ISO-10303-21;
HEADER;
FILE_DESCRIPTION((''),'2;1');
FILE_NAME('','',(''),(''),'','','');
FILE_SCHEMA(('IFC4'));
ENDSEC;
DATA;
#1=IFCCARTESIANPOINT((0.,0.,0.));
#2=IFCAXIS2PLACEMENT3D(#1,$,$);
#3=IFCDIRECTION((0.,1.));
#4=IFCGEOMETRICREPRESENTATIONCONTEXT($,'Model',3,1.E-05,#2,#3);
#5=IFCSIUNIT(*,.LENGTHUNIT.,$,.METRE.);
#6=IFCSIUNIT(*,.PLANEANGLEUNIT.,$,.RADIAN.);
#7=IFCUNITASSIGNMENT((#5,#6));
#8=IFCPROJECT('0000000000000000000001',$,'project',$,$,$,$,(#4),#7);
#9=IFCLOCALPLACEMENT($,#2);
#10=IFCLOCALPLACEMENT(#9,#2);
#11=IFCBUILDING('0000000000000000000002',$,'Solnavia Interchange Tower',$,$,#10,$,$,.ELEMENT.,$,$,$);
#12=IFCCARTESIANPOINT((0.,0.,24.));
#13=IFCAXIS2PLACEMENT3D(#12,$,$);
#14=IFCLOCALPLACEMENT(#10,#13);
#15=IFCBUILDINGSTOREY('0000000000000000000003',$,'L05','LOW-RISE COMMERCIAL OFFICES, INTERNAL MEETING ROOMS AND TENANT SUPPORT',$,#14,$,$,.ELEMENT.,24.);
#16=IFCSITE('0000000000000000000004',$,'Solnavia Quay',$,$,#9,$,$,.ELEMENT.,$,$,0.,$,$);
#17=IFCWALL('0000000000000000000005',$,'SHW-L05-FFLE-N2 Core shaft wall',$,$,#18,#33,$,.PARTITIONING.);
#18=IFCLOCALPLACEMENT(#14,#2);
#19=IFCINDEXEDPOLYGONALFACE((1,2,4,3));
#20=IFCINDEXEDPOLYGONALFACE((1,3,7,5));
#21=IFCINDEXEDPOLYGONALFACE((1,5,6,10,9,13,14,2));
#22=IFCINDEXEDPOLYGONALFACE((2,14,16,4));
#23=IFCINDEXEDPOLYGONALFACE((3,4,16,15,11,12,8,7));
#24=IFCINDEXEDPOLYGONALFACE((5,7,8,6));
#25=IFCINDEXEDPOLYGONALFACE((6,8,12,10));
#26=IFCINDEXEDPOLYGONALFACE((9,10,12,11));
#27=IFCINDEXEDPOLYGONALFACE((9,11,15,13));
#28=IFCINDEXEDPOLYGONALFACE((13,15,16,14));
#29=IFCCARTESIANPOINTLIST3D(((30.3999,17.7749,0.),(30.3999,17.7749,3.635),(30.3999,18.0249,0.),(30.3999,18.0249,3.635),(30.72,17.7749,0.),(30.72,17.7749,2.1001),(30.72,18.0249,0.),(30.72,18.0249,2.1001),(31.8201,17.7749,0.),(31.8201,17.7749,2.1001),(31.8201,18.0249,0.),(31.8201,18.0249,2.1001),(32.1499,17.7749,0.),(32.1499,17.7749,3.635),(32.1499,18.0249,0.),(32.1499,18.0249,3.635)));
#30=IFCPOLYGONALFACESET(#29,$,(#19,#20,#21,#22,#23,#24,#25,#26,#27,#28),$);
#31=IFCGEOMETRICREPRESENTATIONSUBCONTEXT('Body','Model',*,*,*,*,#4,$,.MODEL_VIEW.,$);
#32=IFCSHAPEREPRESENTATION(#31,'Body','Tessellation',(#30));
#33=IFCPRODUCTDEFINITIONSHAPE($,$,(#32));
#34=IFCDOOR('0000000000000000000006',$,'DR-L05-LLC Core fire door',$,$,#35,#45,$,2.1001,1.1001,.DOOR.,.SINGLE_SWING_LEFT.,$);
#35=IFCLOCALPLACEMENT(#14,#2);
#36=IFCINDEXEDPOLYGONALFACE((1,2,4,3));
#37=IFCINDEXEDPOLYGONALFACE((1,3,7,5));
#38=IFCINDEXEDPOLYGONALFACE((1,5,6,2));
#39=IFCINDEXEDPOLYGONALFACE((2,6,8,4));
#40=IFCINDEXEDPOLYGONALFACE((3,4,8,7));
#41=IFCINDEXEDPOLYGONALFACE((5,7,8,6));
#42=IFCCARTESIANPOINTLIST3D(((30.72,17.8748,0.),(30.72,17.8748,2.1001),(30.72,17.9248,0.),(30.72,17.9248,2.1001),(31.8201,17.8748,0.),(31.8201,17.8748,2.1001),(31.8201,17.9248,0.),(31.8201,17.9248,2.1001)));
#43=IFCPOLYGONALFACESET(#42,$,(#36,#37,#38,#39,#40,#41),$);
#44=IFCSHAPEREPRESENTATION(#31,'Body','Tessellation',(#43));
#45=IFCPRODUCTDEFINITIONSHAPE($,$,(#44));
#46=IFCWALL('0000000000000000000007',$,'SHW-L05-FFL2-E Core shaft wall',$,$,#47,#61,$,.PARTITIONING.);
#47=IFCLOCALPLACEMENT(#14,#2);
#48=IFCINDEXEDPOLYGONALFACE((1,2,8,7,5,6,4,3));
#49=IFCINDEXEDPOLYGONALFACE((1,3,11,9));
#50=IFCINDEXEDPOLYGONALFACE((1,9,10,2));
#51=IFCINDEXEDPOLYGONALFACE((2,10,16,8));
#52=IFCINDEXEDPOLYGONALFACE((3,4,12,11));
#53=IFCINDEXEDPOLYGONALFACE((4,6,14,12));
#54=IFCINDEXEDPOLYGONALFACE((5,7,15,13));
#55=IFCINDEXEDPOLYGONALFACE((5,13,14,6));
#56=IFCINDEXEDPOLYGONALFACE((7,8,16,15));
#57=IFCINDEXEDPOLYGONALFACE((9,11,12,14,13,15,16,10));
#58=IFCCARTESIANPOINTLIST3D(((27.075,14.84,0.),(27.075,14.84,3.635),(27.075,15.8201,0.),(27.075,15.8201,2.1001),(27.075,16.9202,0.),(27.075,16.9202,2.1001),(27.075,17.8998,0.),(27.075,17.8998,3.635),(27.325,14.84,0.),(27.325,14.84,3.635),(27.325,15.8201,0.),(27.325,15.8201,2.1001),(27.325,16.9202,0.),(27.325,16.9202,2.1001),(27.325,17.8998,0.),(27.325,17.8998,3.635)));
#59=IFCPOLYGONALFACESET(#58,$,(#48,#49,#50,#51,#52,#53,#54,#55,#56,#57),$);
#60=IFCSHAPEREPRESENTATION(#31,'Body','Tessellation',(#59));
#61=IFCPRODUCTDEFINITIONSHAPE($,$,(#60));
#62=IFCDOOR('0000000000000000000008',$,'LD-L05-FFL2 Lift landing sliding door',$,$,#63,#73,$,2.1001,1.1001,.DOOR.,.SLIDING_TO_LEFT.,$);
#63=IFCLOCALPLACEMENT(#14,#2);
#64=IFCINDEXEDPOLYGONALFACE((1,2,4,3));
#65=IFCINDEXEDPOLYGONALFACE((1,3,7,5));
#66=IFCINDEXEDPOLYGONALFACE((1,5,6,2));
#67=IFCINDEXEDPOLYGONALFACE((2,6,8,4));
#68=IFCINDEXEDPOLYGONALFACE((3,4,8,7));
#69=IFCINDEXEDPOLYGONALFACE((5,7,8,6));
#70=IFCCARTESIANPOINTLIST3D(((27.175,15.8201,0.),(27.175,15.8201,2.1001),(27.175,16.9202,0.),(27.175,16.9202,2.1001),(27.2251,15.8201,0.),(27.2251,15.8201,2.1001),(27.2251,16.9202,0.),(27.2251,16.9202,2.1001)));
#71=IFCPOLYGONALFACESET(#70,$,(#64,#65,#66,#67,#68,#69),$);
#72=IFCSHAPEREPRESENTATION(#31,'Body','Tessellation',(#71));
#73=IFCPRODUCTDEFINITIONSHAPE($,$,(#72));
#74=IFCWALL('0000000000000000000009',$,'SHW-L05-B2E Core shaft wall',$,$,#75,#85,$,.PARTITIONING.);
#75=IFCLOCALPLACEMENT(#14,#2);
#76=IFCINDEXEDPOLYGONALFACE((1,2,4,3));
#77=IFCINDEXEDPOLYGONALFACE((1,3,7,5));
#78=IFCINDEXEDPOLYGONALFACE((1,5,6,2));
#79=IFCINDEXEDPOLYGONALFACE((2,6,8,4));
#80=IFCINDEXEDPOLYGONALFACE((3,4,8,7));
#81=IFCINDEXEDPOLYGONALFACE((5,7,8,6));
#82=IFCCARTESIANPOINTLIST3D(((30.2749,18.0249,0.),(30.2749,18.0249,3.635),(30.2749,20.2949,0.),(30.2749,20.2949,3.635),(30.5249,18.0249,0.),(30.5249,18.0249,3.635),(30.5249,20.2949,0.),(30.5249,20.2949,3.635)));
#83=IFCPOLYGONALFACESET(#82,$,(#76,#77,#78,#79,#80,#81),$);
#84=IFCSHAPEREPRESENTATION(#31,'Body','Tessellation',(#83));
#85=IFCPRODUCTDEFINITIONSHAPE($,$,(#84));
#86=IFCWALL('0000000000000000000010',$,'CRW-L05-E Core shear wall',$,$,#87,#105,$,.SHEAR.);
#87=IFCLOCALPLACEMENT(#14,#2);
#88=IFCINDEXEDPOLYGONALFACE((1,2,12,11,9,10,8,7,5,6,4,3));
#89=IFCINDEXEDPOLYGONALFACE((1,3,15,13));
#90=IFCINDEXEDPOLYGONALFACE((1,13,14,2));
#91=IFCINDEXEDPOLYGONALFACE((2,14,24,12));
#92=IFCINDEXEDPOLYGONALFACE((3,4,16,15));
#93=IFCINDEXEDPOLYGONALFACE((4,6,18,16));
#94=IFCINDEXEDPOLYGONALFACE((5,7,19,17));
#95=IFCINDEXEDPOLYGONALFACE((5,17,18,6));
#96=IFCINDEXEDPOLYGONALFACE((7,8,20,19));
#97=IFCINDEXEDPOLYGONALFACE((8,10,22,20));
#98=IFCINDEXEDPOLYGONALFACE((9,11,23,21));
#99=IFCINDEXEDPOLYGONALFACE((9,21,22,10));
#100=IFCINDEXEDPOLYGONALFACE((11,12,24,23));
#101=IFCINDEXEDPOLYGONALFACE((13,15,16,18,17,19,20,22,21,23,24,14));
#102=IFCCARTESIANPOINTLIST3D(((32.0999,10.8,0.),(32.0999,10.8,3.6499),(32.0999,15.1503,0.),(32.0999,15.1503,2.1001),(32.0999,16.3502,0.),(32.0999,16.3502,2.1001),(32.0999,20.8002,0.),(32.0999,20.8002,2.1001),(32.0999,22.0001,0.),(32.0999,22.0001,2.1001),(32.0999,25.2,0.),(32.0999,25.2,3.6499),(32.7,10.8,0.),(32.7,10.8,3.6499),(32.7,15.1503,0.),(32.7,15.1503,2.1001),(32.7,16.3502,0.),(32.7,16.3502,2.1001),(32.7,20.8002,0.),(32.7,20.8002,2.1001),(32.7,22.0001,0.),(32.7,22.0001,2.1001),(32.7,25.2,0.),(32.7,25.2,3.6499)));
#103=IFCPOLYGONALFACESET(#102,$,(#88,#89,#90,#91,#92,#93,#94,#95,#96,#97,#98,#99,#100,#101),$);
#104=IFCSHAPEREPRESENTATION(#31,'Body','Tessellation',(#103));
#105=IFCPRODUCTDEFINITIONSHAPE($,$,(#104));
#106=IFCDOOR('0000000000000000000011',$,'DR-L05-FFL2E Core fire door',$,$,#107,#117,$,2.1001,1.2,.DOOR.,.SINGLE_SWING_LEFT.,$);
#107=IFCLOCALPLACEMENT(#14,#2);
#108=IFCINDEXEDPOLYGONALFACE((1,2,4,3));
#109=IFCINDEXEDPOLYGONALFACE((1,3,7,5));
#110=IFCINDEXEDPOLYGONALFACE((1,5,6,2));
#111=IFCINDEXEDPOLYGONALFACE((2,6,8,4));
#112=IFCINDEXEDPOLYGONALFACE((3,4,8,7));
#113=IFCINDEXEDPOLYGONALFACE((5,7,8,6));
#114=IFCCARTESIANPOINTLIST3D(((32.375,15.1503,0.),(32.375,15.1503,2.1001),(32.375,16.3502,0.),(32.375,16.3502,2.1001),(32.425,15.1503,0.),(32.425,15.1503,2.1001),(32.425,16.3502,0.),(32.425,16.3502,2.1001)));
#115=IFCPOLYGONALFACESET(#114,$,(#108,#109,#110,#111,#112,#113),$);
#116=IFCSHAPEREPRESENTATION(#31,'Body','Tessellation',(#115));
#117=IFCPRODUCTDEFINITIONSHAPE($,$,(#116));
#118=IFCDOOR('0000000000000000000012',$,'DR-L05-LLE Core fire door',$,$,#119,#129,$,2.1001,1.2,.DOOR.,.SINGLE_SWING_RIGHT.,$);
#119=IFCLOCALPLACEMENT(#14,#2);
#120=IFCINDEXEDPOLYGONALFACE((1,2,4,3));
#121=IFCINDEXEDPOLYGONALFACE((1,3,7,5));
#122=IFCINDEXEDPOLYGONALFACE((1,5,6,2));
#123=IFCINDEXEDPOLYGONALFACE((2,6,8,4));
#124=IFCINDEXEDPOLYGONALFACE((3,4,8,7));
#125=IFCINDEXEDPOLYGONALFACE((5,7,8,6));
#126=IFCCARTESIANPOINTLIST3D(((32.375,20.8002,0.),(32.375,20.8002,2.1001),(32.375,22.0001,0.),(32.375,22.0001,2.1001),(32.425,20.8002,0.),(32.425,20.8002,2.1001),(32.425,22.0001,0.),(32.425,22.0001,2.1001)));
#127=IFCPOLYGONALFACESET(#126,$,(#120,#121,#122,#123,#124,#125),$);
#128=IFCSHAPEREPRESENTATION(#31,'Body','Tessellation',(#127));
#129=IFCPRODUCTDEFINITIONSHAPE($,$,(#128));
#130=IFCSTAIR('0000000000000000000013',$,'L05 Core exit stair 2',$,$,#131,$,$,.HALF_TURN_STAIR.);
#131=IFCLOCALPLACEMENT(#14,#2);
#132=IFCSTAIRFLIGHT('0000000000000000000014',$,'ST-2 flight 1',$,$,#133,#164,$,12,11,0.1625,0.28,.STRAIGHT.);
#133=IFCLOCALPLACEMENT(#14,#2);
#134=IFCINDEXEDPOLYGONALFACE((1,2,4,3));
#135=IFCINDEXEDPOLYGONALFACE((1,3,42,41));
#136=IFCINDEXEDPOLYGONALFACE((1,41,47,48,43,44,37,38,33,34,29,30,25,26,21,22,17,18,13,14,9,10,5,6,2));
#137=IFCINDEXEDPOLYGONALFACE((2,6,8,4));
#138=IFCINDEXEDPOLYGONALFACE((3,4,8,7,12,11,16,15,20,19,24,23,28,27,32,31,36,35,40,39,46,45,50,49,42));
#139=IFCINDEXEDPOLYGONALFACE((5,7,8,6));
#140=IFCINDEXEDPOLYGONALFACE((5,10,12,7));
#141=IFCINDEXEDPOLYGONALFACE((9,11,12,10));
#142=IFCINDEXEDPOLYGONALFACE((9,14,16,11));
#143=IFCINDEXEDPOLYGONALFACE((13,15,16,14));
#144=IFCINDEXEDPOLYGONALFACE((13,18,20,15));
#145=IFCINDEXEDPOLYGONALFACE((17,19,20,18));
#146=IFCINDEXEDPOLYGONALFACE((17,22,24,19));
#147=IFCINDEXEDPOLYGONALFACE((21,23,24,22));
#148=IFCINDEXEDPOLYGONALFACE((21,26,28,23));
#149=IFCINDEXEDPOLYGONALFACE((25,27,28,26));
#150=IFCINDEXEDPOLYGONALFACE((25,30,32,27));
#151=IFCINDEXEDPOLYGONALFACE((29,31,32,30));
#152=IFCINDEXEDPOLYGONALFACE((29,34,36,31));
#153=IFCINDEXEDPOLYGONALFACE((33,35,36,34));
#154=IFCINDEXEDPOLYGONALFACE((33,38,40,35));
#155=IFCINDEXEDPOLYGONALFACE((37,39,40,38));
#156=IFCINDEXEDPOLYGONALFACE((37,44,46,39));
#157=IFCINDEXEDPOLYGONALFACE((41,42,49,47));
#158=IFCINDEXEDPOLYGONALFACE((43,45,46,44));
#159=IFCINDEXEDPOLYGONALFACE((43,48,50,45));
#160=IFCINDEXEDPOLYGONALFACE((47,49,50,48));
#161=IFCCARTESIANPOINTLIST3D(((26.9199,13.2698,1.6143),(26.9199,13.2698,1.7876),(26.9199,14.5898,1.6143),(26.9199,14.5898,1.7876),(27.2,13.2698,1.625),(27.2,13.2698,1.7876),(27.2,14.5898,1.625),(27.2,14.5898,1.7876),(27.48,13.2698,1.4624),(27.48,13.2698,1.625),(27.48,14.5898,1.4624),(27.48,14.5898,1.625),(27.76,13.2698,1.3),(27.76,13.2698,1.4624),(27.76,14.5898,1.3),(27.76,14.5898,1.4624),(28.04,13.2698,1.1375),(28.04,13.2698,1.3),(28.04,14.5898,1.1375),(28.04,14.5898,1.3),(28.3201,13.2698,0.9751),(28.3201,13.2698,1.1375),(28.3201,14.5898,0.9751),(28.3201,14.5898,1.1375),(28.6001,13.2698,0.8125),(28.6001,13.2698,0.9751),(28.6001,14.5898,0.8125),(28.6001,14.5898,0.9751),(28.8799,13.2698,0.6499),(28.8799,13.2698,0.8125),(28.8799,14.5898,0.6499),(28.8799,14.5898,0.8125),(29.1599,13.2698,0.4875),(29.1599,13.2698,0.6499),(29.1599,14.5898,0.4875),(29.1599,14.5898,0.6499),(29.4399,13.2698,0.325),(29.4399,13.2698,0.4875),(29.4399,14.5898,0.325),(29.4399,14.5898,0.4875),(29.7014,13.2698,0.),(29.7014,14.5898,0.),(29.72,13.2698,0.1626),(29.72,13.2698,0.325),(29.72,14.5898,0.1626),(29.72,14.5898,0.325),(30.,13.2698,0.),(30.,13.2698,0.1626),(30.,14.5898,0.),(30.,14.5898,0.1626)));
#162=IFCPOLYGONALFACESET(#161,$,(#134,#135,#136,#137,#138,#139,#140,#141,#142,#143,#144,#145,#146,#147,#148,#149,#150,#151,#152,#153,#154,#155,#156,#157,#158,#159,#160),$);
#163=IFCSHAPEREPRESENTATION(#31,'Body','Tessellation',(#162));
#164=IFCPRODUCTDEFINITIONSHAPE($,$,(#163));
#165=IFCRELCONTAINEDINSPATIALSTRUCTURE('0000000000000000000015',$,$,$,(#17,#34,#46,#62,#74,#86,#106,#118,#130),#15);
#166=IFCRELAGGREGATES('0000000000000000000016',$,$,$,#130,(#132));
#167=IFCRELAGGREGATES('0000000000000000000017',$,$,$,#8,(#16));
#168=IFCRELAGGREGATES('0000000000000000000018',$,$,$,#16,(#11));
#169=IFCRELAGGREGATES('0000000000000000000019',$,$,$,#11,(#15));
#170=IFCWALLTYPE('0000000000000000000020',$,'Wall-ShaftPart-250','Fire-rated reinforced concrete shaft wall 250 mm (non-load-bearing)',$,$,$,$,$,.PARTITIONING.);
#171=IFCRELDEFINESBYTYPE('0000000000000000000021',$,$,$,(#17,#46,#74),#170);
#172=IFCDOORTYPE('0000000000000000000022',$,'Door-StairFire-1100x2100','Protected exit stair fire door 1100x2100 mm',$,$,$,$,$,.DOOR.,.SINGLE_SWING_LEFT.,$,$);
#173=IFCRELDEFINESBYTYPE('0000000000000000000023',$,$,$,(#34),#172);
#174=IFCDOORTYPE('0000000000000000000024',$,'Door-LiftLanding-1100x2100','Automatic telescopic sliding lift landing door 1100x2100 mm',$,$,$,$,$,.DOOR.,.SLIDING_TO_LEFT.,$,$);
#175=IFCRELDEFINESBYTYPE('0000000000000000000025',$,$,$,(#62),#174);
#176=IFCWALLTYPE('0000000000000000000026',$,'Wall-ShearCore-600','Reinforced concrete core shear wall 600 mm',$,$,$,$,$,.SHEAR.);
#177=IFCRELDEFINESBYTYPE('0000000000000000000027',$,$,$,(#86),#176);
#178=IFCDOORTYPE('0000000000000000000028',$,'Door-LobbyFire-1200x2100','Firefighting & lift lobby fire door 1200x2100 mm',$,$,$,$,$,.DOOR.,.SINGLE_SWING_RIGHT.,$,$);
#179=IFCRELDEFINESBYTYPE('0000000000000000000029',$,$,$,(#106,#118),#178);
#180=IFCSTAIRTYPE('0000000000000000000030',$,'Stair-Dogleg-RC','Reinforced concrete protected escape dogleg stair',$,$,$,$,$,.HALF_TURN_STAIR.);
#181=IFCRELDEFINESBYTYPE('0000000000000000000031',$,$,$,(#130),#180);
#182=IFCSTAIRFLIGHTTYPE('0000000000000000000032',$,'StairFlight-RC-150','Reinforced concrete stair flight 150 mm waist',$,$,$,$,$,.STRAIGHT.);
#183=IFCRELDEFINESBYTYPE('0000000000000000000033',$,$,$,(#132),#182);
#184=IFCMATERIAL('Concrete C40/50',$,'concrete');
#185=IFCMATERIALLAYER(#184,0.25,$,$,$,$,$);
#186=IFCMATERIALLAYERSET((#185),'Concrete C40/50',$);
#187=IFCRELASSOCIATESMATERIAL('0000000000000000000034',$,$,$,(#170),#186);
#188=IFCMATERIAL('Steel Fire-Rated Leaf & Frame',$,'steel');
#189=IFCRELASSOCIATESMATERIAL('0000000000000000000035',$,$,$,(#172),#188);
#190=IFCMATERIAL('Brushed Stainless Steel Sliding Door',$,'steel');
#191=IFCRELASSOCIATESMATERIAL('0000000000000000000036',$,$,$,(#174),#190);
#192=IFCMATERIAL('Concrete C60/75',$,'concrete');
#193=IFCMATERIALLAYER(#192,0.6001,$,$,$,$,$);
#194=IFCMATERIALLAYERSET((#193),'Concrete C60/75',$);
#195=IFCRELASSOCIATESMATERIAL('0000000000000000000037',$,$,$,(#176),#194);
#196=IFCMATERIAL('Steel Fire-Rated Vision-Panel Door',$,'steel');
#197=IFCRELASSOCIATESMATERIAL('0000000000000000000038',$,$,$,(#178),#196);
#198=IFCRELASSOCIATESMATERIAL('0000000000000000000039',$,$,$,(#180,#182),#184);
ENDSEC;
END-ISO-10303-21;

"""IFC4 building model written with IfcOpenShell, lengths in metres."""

from ifc_helpers import new_model, si_unit, direction, frame, frame_2d, origin, place, context, subcontext, project, spatial, polyline, rectangle, outline, extrude, material, layer, layer_set, type_object, element, fill, aggregate, save


model = new_model("IFC4")

# Units and contexts
model_context = context("Model", 3, precision=1e-05, world=origin(), true_north=direction((0.0, 1.0)))
body_context = subcontext(model_context, "Body", "Model", "MODEL_VIEW")
ifc_project = project(units=[si_unit("LENGTHUNIT", "METRE"), si_unit("PLANEANGLEUNIT", "RADIAN")], contexts=[model_context])

# Site, building, storey
site_placement = place(None, origin())
site = spatial("IfcSite", under=ifc_project, at=site_placement, Name="Solnavia Quay", CompositionType="ELEMENT", RefElevation=0.0)
building_placement = place(site_placement, origin())
building = spatial("IfcBuilding", under=site, at=building_placement, Name="Solnavia Interchange Tower", CompositionType="ELEMENT")
storey_placement = place(building_placement, frame((0.0, 0.0, 24.0)))
storey = spatial("IfcBuildingStorey", under=building, at=storey_placement, Name="L05", Description="LOW-RISE COMMERCIAL OFFICES, INTERNAL MEETING ROOMS AND TENANT SUPPORT", CompositionType="ELEMENT", Elevation=24.0)

# Shared definitions
ifc_material_1 = material(Name="Concrete C60/75", Category="concrete")

# Walls, openings, doors
ifc_material_2 = material(Name="Concrete C40/50", Category="concrete")
ifc_layer_1 = layer(ifc_material_2, 0.25)
ifc_layer_set_1 = layer_set([ifc_layer_1], Name="Concrete C40/50")
wall_type_1 = type_object("IfcWallType", Name="Wall-ShaftPart-250", Description="Fire-rated reinforced concrete shaft wall 250 mm (non-load-bearing)", PredefinedType="PARTITIONING", material=ifc_layer_set_1)
wall_1_placement = place(storey_placement, frame((30.3999, 17.8999, 0.0), z_axis=(0.0, 0.0, 1.0), x_axis=(1.0, 0.0, 0.0)))
wall_1 = element("IfcWall", 1, at=wall_1_placement, inside=storey, type_object=wall_type_1, Name="SHW-L05-FFLE-N2 Core shaft wall", PredefinedType="PARTITIONING", context=body_context, shape_type="SweptSolid", body=[
    extrude(rectangle(XDim=1.75, YDim=0.25, at=frame_2d((0.875, 0.0))), origin(), (0.0, 0.0, 1.0), 3.635),
])
opening_1_placement = place(wall_1_placement, frame((0.3201, 0.0, 0.0)))
opening_1 = element("IfcOpeningElement", 2, at=opening_1_placement, cuts=wall_1, PredefinedType="OPENING", context=body_context, shape_type="SweptSolid", body=[
    extrude(rectangle(XDim=1.1001, YDim=2.1001, at=frame_2d((0.55, 1.05))), frame((0.0, 0.135, 0.0), z_axis=(0.0, -1.0, 0.0), x_axis=(1.0, 0.0, 0.0)), (0.0, 0.0, 1.0), 0.27),
])
ifc_material_3 = material(Name="Steel Fire-Rated Leaf & Frame", Category="steel")
door_type_1 = type_object("IfcDoorType", Name="Door-StairFire-1100x2100", Description="Protected exit stair fire door 1100x2100 mm", OperationType="SINGLE_SWING_LEFT", PredefinedType="DOOR", material=ifc_material_3)
door_1_placement = place(opening_1_placement, origin())
door_1 = element("IfcDoor", 3, at=door_1_placement, inside=storey, type_object=door_type_1, Name="DR-L05-LLC Core fire door", OperationType="SINGLE_SWING_LEFT", OverallHeight=2.1001, OverallWidth=1.1001, PredefinedType="DOOR", context=body_context, shape_type="SweptSolid", body=[
    extrude(rectangle(XDim=1.1001, YDim=2.1001, at=frame_2d((0.55, 1.05))), frame((0.0, 0.0249, 0.0), z_axis=(0.0, -1.0, 0.0), x_axis=(1.0, 0.0, 0.0)), (0.0, 0.0, 1.0), 0.05),
])
fill(opening_1, door_1)
wall_2_placement = place(storey_placement, frame((27.2, 14.8401, 0.0), z_axis=(0.0, 0.0, 1.0), x_axis=(0.0, 1.0, 0.0)))
wall_2 = element("IfcWall", 4, at=wall_2_placement, inside=storey, type_object=wall_type_1, Name="SHW-L05-FFL2-E Core shaft wall", PredefinedType="PARTITIONING", context=body_context, shape_type="SweptSolid", body=[
    extrude(rectangle(XDim=3.0598, YDim=0.25, at=frame_2d((1.5298, 0.0))), origin(), (0.0, 0.0, 1.0), 3.635),
])
opening_2_placement = place(wall_2_placement, frame((0.98, 0.0, 0.0)))
opening_2 = element("IfcOpeningElement", 5, at=opening_2_placement, cuts=wall_2, PredefinedType="OPENING", context=body_context, shape_type="SweptSolid", body=[
    extrude(rectangle(XDim=1.1001, YDim=2.1001, at=frame_2d((0.55, 1.05))), frame((0.0, 0.135, 0.0), z_axis=(0.0, -1.0, 0.0), x_axis=(1.0, 0.0, 0.0)), (0.0, 0.0, 1.0), 0.27),
])
ifc_material_4 = material(Name="Brushed Stainless Steel Sliding Door", Category="steel")
door_type_2 = type_object("IfcDoorType", Name="Door-LiftLanding-1100x2100", Description="Automatic telescopic sliding lift landing door 1100x2100 mm", OperationType="SLIDING_TO_LEFT", PredefinedType="DOOR", material=ifc_material_4)
door_2_placement = place(opening_2_placement, origin())
door_2 = element("IfcDoor", 6, at=door_2_placement, inside=storey, type_object=door_type_2, Name="LD-L05-FFL2 Lift landing sliding door", OperationType="SLIDING_TO_LEFT", OverallHeight=2.1001, OverallWidth=1.1001, PredefinedType="DOOR", context=body_context, shape_type="SweptSolid", body=[
    extrude(rectangle(XDim=1.1001, YDim=2.1001, at=frame_2d((0.55, 1.05))), frame((0.0, 0.0249, 0.0), z_axis=(0.0, -1.0, 0.0), x_axis=(1.0, 0.0, 0.0)), (0.0, 0.0, 1.0), 0.05),
])
fill(opening_2, door_2)

# Wall
wall_3_placement = place(storey_placement, frame((30.3999, 18.0249, 0.0), z_axis=(0.0, 0.0, 1.0), x_axis=(0.0, 1.0, 0.0)))
element("IfcWall", 7, at=wall_3_placement, inside=storey, type_object=wall_type_1, Name="SHW-L05-B2E Core shaft wall", PredefinedType="PARTITIONING", context=body_context, shape_type="SweptSolid", body=[
    extrude(rectangle(XDim=2.27, YDim=0.25, at=frame_2d((1.135, 0.0))), origin(), (0.0, 0.0, 1.0), 3.635),
])

# Wall, openings, doors
ifc_layer_2 = layer(ifc_material_1, 0.6001)
ifc_layer_set_2 = layer_set([ifc_layer_2], Name="Concrete C60/75")
wall_type_2 = type_object("IfcWallType", Name="Wall-ShearCore-600", Description="Reinforced concrete core shear wall 600 mm", PredefinedType="SHEAR", material=ifc_layer_set_2)
wall_4_placement = place(storey_placement, frame((32.3999, 10.8, 0.0), z_axis=(0.0, 0.0, 1.0), x_axis=(0.0, 1.0, 0.0)))
wall_4 = element("IfcWall", 8, at=wall_4_placement, inside=storey, type_object=wall_type_2, Name="CRW-L05-E Core shear wall", PredefinedType="SHEAR", context=body_context, shape_type="SweptSolid", body=[
    extrude(rectangle(XDim=14.3999, YDim=0.6001, at=frame_2d((7.2, 0.0))), origin(), (0.0, 0.0, 1.0), 3.6499),
])
opening_3_placement = place(wall_4_placement, frame((4.3501, 0.0, 0.0)))
opening_3 = element("IfcOpeningElement", 9, at=opening_3_placement, cuts=wall_4, PredefinedType="OPENING", context=body_context, shape_type="SweptSolid", body=[
    extrude(rectangle(XDim=1.2, YDim=2.1001, at=frame_2d((0.6001, 1.05))), frame((0.0, 0.3101, 0.0), z_axis=(0.0, -1.0, 0.0), x_axis=(1.0, 0.0, 0.0)), (0.0, 0.0, 1.0), 0.6201),
])
opening_4_placement = place(wall_4_placement, frame((10.0, 0.0, 0.0)))
opening_4 = element("IfcOpeningElement", 10, at=opening_4_placement, cuts=wall_4, PredefinedType="OPENING", context=body_context, shape_type="SweptSolid", body=[
    extrude(rectangle(XDim=1.2, YDim=2.1001, at=frame_2d((0.6001, 1.05))), frame((0.0, 0.3101, 0.0), z_axis=(0.0, -1.0, 0.0), x_axis=(1.0, 0.0, 0.0)), (0.0, 0.0, 1.0), 0.6201),
])
ifc_material_5 = material(Name="Steel Fire-Rated Vision-Panel Door", Category="steel")
door_type_3 = type_object("IfcDoorType", Name="Door-LobbyFire-1200x2100", Description="Firefighting & lift lobby fire door 1200x2100 mm", OperationType="SINGLE_SWING_RIGHT", PredefinedType="DOOR", material=ifc_material_5)
door_3_placement = place(opening_3_placement, origin())
door_3 = element("IfcDoor", 11, at=door_3_placement, inside=storey, type_object=door_type_3, Name="DR-L05-FFL2E Core fire door", OperationType="SINGLE_SWING_LEFT", OverallHeight=2.1001, OverallWidth=1.2, PredefinedType="DOOR", context=body_context, shape_type="SweptSolid", body=[
    extrude(rectangle(XDim=1.2, YDim=2.1001, at=frame_2d((0.6001, 1.05))), frame((0.0, 0.0249, 0.0), z_axis=(0.0, -1.0, 0.0), x_axis=(1.0, 0.0, 0.0)), (0.0, 0.0, 1.0), 0.05),
])
fill(opening_3, door_3)
door_4_placement = place(opening_4_placement, origin())
door_4 = element("IfcDoor", 12, at=door_4_placement, inside=storey, type_object=door_type_3, Name="DR-L05-LLE Core fire door", OperationType="SINGLE_SWING_RIGHT", OverallHeight=2.1001, OverallWidth=1.2, PredefinedType="DOOR", context=body_context, shape_type="SweptSolid", body=[
    extrude(rectangle(XDim=1.2, YDim=2.1001, at=frame_2d((0.6001, 1.05))), frame((0.0, 0.0249, 0.0), z_axis=(0.0, -1.0, 0.0), x_axis=(1.0, 0.0, 0.0)), (0.0, 0.0, 1.0), 0.05),
])
fill(opening_4, door_4)

# Stair, stair flight
stair_type = type_object("IfcStairType", Name="Stair-Dogleg-RC", Description="Reinforced concrete protected escape dogleg stair", PredefinedType="HALF_TURN_STAIR", material=ifc_material_2)
stair_placement = place(storey_placement, origin())
stair = element("IfcStair", 13, at=stair_placement, inside=storey, type_object=stair_type, Name="L05 Core exit stair 2", PredefinedType="HALF_TURN_STAIR")
stair_flight_type = type_object("IfcStairFlightType", Name="StairFlight-RC-150", Description="Reinforced concrete stair flight 150 mm waist", PredefinedType="STRAIGHT", material=ifc_material_2)
stair_flight_placement = place(storey_placement, frame((30.0, 13.9299, 0.0), z_axis=(0.0, 0.0, 1.0), x_axis=(-1.0, 0.0, 0.0)))
stair_flight = element("IfcStairFlight", 14, at=stair_flight_placement, type_object=stair_flight_type, Name="ST-2 flight 1", NumberOfRisers=12, NumberOfTreads=11, PredefinedType="STRAIGHT", RiserHeight=0.1625, TreadLength=0.28, context=body_context, shape_type="SweptSolid", body=[
    extrude(outline(polyline([(0.0, 0.0), (0.0, 0.1626), (0.28, 0.1626), (0.28, 0.325), (0.5601, 0.325), (0.5601, 0.4875), (0.8401, 0.4875), (0.8401, 0.6499), (1.1201, 0.6499), (1.1201, 0.8125), (1.3999, 0.8125), (1.3999, 0.9751), (1.6799, 0.9751), (1.6799, 1.1375), (1.96, 1.1375), (1.96, 1.3), (2.24, 1.3), (2.24, 1.4624), (2.52, 1.4624), (2.52, 1.625), (2.8, 1.625), (2.8, 1.7876), (3.0801, 1.7876), (3.0801, 1.95), (3.0801, 1.6143), (0.2986, 0.0), (0.0, 0.0)])), frame((0.0, 0.6602, 0.0), z_axis=(0.0, -1.0, 0.0), x_axis=(1.0, 0.0, 0.0)), (0.0, 0.0, 1.0), 1.3201),
])
aggregate(stair, [stair_flight])

save(model, "model.ifc")
